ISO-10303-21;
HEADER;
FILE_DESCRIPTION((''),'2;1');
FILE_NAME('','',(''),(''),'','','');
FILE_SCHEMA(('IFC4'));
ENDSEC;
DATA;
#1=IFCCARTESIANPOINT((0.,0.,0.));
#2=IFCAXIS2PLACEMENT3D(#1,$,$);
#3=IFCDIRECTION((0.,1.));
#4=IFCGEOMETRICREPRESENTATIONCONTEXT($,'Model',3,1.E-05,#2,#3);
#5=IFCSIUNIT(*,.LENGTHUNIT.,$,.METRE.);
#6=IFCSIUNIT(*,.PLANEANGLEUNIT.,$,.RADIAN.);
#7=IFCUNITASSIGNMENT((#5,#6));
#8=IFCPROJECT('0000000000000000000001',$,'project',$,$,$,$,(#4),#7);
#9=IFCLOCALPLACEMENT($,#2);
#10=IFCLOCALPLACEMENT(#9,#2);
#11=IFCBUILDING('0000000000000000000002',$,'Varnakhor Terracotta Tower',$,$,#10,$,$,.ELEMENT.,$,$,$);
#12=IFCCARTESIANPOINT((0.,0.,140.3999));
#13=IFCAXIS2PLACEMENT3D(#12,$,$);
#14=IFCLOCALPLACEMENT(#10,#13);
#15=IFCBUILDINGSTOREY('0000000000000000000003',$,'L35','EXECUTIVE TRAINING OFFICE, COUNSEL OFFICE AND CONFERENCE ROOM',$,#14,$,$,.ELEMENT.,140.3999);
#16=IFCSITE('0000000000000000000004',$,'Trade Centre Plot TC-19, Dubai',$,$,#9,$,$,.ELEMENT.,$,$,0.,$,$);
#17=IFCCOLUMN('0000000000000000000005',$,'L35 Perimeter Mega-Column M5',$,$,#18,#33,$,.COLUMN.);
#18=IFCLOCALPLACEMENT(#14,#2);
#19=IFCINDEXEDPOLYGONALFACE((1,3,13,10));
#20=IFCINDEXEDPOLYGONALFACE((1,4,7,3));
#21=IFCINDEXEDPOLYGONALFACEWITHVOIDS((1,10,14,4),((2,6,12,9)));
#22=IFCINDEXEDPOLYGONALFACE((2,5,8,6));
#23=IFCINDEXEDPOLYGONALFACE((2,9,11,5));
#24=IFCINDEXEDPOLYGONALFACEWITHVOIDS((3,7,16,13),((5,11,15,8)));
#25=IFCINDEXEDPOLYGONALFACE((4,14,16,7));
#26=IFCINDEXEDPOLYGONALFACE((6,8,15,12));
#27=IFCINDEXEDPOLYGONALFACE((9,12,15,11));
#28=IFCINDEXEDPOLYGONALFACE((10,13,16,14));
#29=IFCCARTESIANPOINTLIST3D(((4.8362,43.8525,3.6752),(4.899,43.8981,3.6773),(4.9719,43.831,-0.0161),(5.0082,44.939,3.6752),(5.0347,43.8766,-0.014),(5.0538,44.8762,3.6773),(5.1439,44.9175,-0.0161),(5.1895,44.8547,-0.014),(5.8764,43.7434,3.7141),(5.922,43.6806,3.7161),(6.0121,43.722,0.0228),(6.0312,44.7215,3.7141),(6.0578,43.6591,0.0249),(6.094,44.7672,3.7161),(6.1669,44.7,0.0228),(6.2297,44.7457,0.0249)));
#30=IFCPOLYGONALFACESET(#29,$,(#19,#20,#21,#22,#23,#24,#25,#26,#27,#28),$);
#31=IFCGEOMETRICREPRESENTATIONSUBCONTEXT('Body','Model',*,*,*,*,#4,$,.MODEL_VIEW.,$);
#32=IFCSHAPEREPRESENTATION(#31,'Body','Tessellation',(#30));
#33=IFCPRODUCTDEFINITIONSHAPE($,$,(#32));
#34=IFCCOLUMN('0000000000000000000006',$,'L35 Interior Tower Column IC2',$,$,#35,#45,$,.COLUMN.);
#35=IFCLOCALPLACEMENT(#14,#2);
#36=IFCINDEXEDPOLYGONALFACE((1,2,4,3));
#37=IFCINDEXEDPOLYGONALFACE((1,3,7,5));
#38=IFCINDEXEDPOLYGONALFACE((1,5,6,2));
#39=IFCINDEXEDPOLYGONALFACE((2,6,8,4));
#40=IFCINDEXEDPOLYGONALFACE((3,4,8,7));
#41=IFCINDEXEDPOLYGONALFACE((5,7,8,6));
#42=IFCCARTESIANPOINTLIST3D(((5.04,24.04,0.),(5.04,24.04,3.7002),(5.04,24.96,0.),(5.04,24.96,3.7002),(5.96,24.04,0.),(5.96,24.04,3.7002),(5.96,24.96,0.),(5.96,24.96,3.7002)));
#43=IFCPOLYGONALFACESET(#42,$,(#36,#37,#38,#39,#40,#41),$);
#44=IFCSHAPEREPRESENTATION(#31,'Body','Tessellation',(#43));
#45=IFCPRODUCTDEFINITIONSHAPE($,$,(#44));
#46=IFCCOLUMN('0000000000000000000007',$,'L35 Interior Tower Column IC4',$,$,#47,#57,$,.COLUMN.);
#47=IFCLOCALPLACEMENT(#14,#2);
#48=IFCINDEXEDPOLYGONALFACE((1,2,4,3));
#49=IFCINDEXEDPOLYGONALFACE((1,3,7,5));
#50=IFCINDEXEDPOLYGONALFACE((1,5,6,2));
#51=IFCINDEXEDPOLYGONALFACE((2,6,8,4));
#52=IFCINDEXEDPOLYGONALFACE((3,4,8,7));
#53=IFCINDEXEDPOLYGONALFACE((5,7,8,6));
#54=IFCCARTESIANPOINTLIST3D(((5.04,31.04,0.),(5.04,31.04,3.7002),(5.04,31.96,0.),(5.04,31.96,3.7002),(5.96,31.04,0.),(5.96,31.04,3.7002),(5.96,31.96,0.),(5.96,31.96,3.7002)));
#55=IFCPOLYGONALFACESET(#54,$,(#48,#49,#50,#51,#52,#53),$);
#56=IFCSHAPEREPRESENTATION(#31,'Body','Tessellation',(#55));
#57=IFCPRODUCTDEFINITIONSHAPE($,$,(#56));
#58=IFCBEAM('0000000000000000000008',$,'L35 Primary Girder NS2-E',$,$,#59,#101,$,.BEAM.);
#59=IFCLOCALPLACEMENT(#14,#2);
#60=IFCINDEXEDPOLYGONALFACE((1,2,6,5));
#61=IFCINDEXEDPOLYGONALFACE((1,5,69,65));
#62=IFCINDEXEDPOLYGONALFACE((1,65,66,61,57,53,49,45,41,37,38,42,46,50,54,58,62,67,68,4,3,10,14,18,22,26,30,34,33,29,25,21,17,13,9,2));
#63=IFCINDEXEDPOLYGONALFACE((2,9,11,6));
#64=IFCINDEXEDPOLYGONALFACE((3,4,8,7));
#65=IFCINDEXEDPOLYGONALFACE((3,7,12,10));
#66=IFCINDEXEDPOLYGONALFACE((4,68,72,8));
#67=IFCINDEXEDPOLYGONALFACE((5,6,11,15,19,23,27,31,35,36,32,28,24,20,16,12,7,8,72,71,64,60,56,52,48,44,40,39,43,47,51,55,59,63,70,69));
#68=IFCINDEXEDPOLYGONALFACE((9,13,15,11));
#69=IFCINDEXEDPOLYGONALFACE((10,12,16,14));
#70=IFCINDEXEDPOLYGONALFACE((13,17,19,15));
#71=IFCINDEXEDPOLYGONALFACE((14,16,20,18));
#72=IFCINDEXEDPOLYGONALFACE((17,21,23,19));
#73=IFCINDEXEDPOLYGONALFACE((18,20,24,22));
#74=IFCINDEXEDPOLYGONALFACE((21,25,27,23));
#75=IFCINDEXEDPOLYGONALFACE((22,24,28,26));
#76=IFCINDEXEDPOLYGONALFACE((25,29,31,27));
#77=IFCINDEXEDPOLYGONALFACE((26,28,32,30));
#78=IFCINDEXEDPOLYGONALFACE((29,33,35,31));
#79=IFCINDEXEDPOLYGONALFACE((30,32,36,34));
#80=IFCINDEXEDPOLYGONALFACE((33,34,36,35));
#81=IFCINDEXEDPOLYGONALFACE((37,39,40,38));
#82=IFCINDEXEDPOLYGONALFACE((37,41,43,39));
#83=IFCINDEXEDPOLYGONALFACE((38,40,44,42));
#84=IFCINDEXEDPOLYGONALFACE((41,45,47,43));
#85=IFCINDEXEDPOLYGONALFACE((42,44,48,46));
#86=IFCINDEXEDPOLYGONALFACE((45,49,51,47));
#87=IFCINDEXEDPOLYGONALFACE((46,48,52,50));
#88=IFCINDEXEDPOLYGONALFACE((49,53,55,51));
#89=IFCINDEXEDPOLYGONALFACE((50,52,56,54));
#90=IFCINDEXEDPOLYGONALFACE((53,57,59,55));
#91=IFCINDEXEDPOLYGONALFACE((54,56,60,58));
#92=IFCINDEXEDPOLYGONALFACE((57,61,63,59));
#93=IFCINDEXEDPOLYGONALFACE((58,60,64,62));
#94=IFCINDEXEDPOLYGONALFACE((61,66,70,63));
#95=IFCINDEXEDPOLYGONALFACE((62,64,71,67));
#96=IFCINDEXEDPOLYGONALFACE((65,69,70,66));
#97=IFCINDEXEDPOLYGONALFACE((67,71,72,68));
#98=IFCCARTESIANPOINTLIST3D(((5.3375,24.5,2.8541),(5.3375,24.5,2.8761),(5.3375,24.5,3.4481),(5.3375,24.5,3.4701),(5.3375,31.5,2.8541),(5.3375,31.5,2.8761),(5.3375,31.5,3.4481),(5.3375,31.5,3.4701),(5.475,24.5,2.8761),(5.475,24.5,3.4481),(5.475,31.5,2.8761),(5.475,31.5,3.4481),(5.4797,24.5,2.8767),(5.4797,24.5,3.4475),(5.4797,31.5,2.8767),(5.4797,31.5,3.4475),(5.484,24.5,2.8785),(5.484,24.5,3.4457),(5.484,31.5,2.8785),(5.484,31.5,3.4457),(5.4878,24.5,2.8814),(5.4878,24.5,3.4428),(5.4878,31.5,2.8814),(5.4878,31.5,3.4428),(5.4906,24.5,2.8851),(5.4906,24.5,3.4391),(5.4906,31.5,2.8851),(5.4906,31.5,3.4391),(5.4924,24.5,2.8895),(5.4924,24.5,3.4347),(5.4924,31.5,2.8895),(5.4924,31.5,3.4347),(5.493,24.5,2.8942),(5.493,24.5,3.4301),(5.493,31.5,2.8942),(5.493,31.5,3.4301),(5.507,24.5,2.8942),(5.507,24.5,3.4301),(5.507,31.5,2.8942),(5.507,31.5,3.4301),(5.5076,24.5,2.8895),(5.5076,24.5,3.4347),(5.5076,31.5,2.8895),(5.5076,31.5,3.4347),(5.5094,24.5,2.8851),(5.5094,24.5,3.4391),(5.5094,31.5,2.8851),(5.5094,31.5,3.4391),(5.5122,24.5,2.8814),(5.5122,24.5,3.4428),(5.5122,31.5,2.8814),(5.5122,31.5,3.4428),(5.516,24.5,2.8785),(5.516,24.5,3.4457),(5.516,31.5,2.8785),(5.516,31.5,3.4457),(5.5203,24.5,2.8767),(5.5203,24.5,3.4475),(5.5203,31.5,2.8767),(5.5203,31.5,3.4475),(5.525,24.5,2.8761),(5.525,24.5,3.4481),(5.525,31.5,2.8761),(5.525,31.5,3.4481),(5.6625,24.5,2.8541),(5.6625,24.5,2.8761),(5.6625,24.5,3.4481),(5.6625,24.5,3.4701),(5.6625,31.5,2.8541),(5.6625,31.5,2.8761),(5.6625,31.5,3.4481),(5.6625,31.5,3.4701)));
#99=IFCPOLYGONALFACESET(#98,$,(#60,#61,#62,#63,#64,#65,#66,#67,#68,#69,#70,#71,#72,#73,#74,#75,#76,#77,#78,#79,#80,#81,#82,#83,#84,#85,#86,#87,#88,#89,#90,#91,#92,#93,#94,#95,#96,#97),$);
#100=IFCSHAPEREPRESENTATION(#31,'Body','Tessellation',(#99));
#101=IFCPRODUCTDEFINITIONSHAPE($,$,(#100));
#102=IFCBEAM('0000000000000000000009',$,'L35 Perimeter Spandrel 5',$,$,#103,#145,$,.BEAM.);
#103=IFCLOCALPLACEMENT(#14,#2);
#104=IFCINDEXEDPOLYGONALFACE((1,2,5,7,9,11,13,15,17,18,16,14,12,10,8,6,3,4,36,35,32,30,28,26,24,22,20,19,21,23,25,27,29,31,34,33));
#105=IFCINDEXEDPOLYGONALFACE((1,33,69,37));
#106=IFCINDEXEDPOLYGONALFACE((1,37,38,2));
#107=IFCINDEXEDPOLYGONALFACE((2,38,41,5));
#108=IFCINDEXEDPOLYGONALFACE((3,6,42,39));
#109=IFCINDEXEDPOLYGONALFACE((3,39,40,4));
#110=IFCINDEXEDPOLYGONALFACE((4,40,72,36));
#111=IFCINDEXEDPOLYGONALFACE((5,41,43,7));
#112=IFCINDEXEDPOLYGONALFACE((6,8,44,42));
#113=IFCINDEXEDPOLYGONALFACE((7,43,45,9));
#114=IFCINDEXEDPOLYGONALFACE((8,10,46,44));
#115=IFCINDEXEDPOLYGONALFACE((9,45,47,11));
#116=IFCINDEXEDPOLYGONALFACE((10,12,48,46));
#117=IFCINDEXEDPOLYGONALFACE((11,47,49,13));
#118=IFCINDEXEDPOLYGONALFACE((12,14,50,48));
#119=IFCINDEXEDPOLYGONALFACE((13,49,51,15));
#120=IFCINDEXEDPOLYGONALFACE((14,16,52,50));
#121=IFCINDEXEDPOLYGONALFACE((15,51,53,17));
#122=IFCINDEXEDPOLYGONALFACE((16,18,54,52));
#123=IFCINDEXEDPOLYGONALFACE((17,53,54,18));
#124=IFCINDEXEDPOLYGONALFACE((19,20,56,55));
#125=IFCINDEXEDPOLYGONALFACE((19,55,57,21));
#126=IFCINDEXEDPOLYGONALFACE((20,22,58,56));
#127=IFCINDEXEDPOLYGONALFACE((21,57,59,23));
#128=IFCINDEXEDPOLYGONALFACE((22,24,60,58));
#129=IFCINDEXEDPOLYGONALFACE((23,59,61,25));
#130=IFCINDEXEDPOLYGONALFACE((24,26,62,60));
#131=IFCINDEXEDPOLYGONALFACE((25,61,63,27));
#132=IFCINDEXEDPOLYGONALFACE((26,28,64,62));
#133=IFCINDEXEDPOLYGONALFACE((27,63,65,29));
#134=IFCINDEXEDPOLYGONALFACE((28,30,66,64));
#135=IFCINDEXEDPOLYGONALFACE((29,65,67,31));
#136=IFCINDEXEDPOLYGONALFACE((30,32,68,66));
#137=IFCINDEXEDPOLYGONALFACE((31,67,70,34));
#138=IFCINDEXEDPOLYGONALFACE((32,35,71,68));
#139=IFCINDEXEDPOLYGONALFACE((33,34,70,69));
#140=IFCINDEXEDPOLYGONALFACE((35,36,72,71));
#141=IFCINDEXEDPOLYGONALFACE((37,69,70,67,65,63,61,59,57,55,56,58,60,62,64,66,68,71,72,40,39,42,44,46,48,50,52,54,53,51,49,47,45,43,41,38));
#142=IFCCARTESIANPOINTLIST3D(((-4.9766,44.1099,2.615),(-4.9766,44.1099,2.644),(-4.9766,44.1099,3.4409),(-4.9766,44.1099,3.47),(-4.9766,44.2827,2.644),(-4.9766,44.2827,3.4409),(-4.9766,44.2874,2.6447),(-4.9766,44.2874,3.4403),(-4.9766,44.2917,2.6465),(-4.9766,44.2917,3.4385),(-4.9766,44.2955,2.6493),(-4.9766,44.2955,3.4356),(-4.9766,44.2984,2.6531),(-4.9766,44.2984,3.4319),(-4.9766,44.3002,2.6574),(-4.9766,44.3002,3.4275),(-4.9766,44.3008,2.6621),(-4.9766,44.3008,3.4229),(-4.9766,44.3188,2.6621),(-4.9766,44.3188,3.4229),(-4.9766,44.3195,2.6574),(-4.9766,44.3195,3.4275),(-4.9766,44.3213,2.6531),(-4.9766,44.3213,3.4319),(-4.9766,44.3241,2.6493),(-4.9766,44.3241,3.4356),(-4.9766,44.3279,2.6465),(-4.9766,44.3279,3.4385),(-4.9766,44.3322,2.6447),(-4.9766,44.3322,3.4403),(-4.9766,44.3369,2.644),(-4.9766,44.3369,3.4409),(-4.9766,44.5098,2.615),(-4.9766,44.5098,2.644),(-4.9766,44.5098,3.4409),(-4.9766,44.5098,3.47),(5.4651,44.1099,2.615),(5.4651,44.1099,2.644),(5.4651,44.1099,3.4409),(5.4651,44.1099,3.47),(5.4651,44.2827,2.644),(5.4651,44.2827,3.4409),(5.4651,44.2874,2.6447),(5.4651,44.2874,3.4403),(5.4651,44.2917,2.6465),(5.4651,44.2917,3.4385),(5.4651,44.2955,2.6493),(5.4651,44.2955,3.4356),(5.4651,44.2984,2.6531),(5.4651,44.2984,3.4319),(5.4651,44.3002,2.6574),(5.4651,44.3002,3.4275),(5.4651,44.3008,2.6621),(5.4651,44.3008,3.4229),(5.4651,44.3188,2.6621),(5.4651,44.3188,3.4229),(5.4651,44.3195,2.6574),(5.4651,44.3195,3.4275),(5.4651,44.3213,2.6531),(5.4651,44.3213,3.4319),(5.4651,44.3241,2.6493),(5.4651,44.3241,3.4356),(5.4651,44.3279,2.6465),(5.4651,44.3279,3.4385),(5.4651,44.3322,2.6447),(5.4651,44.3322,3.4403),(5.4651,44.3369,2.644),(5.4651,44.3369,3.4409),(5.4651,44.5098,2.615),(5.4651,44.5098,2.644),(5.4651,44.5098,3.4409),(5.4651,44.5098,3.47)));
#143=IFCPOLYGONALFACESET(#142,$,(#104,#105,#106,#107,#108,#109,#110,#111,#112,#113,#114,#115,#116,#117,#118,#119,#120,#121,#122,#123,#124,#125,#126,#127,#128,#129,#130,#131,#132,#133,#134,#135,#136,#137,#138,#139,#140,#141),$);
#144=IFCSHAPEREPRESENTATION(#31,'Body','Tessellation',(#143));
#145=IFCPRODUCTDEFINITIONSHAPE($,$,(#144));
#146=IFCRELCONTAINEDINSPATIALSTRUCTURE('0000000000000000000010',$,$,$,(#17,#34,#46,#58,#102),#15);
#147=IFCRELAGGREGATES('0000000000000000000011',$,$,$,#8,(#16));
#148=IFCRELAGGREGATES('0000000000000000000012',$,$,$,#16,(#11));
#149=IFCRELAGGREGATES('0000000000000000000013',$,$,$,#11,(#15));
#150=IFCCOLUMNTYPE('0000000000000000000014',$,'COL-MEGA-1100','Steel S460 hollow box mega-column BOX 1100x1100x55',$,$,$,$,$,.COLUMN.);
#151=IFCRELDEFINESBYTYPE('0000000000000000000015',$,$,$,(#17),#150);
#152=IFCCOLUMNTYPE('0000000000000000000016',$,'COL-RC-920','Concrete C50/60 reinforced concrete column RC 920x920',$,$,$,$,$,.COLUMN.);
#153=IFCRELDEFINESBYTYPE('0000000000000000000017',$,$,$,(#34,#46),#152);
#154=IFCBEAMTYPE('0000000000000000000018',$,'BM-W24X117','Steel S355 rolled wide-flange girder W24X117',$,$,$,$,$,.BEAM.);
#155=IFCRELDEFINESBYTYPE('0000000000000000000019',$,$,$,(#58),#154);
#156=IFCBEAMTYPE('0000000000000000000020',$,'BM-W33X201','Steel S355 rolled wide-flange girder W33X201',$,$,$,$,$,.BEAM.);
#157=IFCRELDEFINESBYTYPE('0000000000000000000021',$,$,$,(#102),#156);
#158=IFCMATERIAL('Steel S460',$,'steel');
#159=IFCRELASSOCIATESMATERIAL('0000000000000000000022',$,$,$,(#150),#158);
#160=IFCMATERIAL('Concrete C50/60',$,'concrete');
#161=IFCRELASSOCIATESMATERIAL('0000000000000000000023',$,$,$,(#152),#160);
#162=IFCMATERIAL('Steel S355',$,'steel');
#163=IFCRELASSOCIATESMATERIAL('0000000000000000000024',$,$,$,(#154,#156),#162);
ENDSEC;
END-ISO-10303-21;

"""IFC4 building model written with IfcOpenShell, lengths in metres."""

from ifc_helpers import new_model, si_unit, direction, frame, origin, origin_2d, place, context, subcontext, project, spatial, rectangle, hollow_rectangle, i_section, extrude, source, transform, mapped, material, material_profile, profile_set, type_object, element, save


model = new_model("IFC4")

# Units and contexts
model_context = context("Model", 3, precision=1e-05, world=origin(), true_north=direction((0.0, 1.0)))
body_context = subcontext(model_context, "Body", "Model", "MODEL_VIEW")
ifc_project = project(units=[si_unit("LENGTHUNIT", "METRE"), si_unit("PLANEANGLEUNIT", "RADIAN")], contexts=[model_context])

# Site, building, storey
site_placement = place(None, origin())
site = spatial("IfcSite", under=ifc_project, at=site_placement, Name="Trade Centre Plot TC-19, Dubai", CompositionType="ELEMENT", RefElevation=0.0)
building_placement = place(site_placement, origin())
building = spatial("IfcBuilding", under=site, at=building_placement, Name="Varnakhor Terracotta Tower", CompositionType="ELEMENT")
storey_placement = place(building_placement, frame((0.0, 0.0, 140.3999)))
storey = spatial("IfcBuildingStorey", under=building, at=storey_placement, Name="L35", Description="EXECUTIVE TRAINING OFFICE, COUNSEL OFFICE AND CONFERENCE ROOM", CompositionType="ELEMENT", Elevation=140.3999)

# Columns
ifc_material_1 = material(Name="Steel S460", Category="steel")
ifc_material_profile_1 = material_profile(ifc_material_1, hollow_rectangle(XDim=1.1001, YDim=1.1001, WallThickness=0.0549, at=origin_2d()), Name="BOX 1100x1100x55")
ifc_profile_set_1 = profile_set([ifc_material_profile_1], Name="Steel S460")
column_type_1 = type_object("IfcColumnType", Name="COL-MEGA-1100", Description="Steel S460 hollow box mega-column BOX 1100x1100x55", PredefinedType="COLUMN", material=ifc_profile_set_1)
shared_shape_1 = source(origin(), body_context, "Body", "SweptSolid", [
    extrude(hollow_rectangle(XDim=1.1001, YDim=1.1001, WallThickness=0.0549, at=origin_2d()), origin(), (0.0, 0.0, 1.0), 3.6938),
])
column_placement = place(storey_placement, frame((5.6008, 44.2883, 0.0044), z_axis=(-0.036747, 0.005816, 0.999308), x_axis=(-0.156327, -0.987705, 0.0)))
element("IfcColumn", 1, at=column_placement, inside=storey, type_object=column_type_1, Name="L35 Perimeter Mega-Column M5", PredefinedType="COLUMN", context=body_context, shape_type="MappedRepresentation", body=[
    mapped(shared_shape_1, transform((0.0, 0.0, 0.0), scale=1.0)),
])
ifc_material_2 = material(Name="Concrete C50/60", Category="concrete")
ifc_material_profile_2 = material_profile(ifc_material_2, rectangle(XDim=0.9199, YDim=0.9199, at=origin_2d()), Name="RC 920x920")
ifc_profile_set_2 = profile_set([ifc_material_profile_2], Name="Concrete C50/60")
column_type_2 = type_object("IfcColumnType", Name="COL-RC-920", Description="Concrete C50/60 reinforced concrete column RC 920x920", PredefinedType="COLUMN", material=ifc_profile_set_2)
shared_shape_2 = source(origin(), body_context, "Body", "SweptSolid", [
    extrude(rectangle(XDim=0.9199, YDim=0.9199, at=origin_2d()), origin(), (0.0, 0.0, 1.0), 3.7002),
])
for number, where, z_axis, x_axis, name in (
    (2, (5.5, 24.5, 0.0), (0.0, 0.0, 1.0), (1.0, 0.0, 0.0), "L35 Interior Tower Column IC2"),
    (3, (5.5, 31.5, 0.0), (0.0, 0.0, 1.0), (1.0, 0.0, 0.0), "L35 Interior Tower Column IC4"),
):
    element("IfcColumn", number, at=place(storey_placement, frame(where, z_axis=z_axis, x_axis=x_axis)), inside=storey, type_object=column_type_2, Name=name, PredefinedType="COLUMN", context=body_context, shape_type="MappedRepresentation", body=[
        mapped(shared_shape_2, transform((0.0, 0.0, 0.0), scale=1.0)),
    ])

# Beams
ifc_material_3 = material(Name="Steel S355", Category="steel")
ifc_material_profile_3 = material_profile(ifc_material_3, i_section(OverallWidth=0.325, OverallDepth=0.616, WebThickness=0.0139, FlangeThickness=0.022, FilletRadius=0.0181, at=origin_2d()), Name="W24X117")
ifc_profile_set_3 = profile_set([ifc_material_profile_3], Name="Steel S355")
beam_type_1 = type_object("IfcBeamType", Name="BM-W24X117", Description="Steel S355 rolled wide-flange girder W24X117", PredefinedType="BEAM", material=ifc_profile_set_3)
shared_shape_3 = source(origin(), body_context, "Body", "SweptSolid", [
    extrude(i_section(OverallWidth=0.325, OverallDepth=0.616, WebThickness=0.0139, FlangeThickness=0.022, FilletRadius=0.0181, at=origin_2d()), origin(), (0.0, 0.0, 1.0), 7.0),
])
beam_1_placement = place(storey_placement, frame((5.5, 24.5, 3.1621), z_axis=(0.0, 1.0, 0.0), x_axis=(-1.0, 0.0, 0.0)))
element("IfcBeam", 4, at=beam_1_placement, inside=storey, type_object=beam_type_1, Name="L35 Primary Girder NS2-E", PredefinedType="BEAM", context=body_context, shape_type="MappedRepresentation", body=[
    mapped(shared_shape_3, transform((0.0, 0.0, 0.0), scale=1.0)),
])
ifc_material_profile_4 = material_profile(ifc_material_3, i_section(OverallWidth=0.3999, OverallDepth=0.855, WebThickness=0.0181, FlangeThickness=0.0291, FilletRadius=0.0181, at=origin_2d()), Name="W33X201")
ifc_profile_set_4 = profile_set([ifc_material_profile_4], Name="Steel S355")
beam_type_2 = type_object("IfcBeamType", Name="BM-W33X201", Description="Steel S355 rolled wide-flange girder W33X201", PredefinedType="BEAM", material=ifc_profile_set_4)
shared_shape_4 = source(origin(), body_context, "Body", "SweptSolid", [
    extrude(i_section(OverallWidth=0.3999, OverallDepth=0.855, WebThickness=0.0181, FlangeThickness=0.0291, FilletRadius=0.0181, at=origin_2d()), origin(), (0.0, 0.0, 1.0), 10.4417),
])
beam_2_placement = place(storey_placement, frame((5.4651, 44.3098, 3.0425), z_axis=(-1.0, 0.0, 0.0), x_axis=(0.0, -1.0, 0.0)))
element("IfcBeam", 5, at=beam_2_placement, inside=storey, type_object=beam_type_2, Name="L35 Perimeter Spandrel 5", PredefinedType="BEAM", context=body_context, shape_type="MappedRepresentation", body=[
    mapped(shared_shape_4, transform((0.0, 0.0, 0.0), scale=1.0)),
])

save(model, "model.ifc")
